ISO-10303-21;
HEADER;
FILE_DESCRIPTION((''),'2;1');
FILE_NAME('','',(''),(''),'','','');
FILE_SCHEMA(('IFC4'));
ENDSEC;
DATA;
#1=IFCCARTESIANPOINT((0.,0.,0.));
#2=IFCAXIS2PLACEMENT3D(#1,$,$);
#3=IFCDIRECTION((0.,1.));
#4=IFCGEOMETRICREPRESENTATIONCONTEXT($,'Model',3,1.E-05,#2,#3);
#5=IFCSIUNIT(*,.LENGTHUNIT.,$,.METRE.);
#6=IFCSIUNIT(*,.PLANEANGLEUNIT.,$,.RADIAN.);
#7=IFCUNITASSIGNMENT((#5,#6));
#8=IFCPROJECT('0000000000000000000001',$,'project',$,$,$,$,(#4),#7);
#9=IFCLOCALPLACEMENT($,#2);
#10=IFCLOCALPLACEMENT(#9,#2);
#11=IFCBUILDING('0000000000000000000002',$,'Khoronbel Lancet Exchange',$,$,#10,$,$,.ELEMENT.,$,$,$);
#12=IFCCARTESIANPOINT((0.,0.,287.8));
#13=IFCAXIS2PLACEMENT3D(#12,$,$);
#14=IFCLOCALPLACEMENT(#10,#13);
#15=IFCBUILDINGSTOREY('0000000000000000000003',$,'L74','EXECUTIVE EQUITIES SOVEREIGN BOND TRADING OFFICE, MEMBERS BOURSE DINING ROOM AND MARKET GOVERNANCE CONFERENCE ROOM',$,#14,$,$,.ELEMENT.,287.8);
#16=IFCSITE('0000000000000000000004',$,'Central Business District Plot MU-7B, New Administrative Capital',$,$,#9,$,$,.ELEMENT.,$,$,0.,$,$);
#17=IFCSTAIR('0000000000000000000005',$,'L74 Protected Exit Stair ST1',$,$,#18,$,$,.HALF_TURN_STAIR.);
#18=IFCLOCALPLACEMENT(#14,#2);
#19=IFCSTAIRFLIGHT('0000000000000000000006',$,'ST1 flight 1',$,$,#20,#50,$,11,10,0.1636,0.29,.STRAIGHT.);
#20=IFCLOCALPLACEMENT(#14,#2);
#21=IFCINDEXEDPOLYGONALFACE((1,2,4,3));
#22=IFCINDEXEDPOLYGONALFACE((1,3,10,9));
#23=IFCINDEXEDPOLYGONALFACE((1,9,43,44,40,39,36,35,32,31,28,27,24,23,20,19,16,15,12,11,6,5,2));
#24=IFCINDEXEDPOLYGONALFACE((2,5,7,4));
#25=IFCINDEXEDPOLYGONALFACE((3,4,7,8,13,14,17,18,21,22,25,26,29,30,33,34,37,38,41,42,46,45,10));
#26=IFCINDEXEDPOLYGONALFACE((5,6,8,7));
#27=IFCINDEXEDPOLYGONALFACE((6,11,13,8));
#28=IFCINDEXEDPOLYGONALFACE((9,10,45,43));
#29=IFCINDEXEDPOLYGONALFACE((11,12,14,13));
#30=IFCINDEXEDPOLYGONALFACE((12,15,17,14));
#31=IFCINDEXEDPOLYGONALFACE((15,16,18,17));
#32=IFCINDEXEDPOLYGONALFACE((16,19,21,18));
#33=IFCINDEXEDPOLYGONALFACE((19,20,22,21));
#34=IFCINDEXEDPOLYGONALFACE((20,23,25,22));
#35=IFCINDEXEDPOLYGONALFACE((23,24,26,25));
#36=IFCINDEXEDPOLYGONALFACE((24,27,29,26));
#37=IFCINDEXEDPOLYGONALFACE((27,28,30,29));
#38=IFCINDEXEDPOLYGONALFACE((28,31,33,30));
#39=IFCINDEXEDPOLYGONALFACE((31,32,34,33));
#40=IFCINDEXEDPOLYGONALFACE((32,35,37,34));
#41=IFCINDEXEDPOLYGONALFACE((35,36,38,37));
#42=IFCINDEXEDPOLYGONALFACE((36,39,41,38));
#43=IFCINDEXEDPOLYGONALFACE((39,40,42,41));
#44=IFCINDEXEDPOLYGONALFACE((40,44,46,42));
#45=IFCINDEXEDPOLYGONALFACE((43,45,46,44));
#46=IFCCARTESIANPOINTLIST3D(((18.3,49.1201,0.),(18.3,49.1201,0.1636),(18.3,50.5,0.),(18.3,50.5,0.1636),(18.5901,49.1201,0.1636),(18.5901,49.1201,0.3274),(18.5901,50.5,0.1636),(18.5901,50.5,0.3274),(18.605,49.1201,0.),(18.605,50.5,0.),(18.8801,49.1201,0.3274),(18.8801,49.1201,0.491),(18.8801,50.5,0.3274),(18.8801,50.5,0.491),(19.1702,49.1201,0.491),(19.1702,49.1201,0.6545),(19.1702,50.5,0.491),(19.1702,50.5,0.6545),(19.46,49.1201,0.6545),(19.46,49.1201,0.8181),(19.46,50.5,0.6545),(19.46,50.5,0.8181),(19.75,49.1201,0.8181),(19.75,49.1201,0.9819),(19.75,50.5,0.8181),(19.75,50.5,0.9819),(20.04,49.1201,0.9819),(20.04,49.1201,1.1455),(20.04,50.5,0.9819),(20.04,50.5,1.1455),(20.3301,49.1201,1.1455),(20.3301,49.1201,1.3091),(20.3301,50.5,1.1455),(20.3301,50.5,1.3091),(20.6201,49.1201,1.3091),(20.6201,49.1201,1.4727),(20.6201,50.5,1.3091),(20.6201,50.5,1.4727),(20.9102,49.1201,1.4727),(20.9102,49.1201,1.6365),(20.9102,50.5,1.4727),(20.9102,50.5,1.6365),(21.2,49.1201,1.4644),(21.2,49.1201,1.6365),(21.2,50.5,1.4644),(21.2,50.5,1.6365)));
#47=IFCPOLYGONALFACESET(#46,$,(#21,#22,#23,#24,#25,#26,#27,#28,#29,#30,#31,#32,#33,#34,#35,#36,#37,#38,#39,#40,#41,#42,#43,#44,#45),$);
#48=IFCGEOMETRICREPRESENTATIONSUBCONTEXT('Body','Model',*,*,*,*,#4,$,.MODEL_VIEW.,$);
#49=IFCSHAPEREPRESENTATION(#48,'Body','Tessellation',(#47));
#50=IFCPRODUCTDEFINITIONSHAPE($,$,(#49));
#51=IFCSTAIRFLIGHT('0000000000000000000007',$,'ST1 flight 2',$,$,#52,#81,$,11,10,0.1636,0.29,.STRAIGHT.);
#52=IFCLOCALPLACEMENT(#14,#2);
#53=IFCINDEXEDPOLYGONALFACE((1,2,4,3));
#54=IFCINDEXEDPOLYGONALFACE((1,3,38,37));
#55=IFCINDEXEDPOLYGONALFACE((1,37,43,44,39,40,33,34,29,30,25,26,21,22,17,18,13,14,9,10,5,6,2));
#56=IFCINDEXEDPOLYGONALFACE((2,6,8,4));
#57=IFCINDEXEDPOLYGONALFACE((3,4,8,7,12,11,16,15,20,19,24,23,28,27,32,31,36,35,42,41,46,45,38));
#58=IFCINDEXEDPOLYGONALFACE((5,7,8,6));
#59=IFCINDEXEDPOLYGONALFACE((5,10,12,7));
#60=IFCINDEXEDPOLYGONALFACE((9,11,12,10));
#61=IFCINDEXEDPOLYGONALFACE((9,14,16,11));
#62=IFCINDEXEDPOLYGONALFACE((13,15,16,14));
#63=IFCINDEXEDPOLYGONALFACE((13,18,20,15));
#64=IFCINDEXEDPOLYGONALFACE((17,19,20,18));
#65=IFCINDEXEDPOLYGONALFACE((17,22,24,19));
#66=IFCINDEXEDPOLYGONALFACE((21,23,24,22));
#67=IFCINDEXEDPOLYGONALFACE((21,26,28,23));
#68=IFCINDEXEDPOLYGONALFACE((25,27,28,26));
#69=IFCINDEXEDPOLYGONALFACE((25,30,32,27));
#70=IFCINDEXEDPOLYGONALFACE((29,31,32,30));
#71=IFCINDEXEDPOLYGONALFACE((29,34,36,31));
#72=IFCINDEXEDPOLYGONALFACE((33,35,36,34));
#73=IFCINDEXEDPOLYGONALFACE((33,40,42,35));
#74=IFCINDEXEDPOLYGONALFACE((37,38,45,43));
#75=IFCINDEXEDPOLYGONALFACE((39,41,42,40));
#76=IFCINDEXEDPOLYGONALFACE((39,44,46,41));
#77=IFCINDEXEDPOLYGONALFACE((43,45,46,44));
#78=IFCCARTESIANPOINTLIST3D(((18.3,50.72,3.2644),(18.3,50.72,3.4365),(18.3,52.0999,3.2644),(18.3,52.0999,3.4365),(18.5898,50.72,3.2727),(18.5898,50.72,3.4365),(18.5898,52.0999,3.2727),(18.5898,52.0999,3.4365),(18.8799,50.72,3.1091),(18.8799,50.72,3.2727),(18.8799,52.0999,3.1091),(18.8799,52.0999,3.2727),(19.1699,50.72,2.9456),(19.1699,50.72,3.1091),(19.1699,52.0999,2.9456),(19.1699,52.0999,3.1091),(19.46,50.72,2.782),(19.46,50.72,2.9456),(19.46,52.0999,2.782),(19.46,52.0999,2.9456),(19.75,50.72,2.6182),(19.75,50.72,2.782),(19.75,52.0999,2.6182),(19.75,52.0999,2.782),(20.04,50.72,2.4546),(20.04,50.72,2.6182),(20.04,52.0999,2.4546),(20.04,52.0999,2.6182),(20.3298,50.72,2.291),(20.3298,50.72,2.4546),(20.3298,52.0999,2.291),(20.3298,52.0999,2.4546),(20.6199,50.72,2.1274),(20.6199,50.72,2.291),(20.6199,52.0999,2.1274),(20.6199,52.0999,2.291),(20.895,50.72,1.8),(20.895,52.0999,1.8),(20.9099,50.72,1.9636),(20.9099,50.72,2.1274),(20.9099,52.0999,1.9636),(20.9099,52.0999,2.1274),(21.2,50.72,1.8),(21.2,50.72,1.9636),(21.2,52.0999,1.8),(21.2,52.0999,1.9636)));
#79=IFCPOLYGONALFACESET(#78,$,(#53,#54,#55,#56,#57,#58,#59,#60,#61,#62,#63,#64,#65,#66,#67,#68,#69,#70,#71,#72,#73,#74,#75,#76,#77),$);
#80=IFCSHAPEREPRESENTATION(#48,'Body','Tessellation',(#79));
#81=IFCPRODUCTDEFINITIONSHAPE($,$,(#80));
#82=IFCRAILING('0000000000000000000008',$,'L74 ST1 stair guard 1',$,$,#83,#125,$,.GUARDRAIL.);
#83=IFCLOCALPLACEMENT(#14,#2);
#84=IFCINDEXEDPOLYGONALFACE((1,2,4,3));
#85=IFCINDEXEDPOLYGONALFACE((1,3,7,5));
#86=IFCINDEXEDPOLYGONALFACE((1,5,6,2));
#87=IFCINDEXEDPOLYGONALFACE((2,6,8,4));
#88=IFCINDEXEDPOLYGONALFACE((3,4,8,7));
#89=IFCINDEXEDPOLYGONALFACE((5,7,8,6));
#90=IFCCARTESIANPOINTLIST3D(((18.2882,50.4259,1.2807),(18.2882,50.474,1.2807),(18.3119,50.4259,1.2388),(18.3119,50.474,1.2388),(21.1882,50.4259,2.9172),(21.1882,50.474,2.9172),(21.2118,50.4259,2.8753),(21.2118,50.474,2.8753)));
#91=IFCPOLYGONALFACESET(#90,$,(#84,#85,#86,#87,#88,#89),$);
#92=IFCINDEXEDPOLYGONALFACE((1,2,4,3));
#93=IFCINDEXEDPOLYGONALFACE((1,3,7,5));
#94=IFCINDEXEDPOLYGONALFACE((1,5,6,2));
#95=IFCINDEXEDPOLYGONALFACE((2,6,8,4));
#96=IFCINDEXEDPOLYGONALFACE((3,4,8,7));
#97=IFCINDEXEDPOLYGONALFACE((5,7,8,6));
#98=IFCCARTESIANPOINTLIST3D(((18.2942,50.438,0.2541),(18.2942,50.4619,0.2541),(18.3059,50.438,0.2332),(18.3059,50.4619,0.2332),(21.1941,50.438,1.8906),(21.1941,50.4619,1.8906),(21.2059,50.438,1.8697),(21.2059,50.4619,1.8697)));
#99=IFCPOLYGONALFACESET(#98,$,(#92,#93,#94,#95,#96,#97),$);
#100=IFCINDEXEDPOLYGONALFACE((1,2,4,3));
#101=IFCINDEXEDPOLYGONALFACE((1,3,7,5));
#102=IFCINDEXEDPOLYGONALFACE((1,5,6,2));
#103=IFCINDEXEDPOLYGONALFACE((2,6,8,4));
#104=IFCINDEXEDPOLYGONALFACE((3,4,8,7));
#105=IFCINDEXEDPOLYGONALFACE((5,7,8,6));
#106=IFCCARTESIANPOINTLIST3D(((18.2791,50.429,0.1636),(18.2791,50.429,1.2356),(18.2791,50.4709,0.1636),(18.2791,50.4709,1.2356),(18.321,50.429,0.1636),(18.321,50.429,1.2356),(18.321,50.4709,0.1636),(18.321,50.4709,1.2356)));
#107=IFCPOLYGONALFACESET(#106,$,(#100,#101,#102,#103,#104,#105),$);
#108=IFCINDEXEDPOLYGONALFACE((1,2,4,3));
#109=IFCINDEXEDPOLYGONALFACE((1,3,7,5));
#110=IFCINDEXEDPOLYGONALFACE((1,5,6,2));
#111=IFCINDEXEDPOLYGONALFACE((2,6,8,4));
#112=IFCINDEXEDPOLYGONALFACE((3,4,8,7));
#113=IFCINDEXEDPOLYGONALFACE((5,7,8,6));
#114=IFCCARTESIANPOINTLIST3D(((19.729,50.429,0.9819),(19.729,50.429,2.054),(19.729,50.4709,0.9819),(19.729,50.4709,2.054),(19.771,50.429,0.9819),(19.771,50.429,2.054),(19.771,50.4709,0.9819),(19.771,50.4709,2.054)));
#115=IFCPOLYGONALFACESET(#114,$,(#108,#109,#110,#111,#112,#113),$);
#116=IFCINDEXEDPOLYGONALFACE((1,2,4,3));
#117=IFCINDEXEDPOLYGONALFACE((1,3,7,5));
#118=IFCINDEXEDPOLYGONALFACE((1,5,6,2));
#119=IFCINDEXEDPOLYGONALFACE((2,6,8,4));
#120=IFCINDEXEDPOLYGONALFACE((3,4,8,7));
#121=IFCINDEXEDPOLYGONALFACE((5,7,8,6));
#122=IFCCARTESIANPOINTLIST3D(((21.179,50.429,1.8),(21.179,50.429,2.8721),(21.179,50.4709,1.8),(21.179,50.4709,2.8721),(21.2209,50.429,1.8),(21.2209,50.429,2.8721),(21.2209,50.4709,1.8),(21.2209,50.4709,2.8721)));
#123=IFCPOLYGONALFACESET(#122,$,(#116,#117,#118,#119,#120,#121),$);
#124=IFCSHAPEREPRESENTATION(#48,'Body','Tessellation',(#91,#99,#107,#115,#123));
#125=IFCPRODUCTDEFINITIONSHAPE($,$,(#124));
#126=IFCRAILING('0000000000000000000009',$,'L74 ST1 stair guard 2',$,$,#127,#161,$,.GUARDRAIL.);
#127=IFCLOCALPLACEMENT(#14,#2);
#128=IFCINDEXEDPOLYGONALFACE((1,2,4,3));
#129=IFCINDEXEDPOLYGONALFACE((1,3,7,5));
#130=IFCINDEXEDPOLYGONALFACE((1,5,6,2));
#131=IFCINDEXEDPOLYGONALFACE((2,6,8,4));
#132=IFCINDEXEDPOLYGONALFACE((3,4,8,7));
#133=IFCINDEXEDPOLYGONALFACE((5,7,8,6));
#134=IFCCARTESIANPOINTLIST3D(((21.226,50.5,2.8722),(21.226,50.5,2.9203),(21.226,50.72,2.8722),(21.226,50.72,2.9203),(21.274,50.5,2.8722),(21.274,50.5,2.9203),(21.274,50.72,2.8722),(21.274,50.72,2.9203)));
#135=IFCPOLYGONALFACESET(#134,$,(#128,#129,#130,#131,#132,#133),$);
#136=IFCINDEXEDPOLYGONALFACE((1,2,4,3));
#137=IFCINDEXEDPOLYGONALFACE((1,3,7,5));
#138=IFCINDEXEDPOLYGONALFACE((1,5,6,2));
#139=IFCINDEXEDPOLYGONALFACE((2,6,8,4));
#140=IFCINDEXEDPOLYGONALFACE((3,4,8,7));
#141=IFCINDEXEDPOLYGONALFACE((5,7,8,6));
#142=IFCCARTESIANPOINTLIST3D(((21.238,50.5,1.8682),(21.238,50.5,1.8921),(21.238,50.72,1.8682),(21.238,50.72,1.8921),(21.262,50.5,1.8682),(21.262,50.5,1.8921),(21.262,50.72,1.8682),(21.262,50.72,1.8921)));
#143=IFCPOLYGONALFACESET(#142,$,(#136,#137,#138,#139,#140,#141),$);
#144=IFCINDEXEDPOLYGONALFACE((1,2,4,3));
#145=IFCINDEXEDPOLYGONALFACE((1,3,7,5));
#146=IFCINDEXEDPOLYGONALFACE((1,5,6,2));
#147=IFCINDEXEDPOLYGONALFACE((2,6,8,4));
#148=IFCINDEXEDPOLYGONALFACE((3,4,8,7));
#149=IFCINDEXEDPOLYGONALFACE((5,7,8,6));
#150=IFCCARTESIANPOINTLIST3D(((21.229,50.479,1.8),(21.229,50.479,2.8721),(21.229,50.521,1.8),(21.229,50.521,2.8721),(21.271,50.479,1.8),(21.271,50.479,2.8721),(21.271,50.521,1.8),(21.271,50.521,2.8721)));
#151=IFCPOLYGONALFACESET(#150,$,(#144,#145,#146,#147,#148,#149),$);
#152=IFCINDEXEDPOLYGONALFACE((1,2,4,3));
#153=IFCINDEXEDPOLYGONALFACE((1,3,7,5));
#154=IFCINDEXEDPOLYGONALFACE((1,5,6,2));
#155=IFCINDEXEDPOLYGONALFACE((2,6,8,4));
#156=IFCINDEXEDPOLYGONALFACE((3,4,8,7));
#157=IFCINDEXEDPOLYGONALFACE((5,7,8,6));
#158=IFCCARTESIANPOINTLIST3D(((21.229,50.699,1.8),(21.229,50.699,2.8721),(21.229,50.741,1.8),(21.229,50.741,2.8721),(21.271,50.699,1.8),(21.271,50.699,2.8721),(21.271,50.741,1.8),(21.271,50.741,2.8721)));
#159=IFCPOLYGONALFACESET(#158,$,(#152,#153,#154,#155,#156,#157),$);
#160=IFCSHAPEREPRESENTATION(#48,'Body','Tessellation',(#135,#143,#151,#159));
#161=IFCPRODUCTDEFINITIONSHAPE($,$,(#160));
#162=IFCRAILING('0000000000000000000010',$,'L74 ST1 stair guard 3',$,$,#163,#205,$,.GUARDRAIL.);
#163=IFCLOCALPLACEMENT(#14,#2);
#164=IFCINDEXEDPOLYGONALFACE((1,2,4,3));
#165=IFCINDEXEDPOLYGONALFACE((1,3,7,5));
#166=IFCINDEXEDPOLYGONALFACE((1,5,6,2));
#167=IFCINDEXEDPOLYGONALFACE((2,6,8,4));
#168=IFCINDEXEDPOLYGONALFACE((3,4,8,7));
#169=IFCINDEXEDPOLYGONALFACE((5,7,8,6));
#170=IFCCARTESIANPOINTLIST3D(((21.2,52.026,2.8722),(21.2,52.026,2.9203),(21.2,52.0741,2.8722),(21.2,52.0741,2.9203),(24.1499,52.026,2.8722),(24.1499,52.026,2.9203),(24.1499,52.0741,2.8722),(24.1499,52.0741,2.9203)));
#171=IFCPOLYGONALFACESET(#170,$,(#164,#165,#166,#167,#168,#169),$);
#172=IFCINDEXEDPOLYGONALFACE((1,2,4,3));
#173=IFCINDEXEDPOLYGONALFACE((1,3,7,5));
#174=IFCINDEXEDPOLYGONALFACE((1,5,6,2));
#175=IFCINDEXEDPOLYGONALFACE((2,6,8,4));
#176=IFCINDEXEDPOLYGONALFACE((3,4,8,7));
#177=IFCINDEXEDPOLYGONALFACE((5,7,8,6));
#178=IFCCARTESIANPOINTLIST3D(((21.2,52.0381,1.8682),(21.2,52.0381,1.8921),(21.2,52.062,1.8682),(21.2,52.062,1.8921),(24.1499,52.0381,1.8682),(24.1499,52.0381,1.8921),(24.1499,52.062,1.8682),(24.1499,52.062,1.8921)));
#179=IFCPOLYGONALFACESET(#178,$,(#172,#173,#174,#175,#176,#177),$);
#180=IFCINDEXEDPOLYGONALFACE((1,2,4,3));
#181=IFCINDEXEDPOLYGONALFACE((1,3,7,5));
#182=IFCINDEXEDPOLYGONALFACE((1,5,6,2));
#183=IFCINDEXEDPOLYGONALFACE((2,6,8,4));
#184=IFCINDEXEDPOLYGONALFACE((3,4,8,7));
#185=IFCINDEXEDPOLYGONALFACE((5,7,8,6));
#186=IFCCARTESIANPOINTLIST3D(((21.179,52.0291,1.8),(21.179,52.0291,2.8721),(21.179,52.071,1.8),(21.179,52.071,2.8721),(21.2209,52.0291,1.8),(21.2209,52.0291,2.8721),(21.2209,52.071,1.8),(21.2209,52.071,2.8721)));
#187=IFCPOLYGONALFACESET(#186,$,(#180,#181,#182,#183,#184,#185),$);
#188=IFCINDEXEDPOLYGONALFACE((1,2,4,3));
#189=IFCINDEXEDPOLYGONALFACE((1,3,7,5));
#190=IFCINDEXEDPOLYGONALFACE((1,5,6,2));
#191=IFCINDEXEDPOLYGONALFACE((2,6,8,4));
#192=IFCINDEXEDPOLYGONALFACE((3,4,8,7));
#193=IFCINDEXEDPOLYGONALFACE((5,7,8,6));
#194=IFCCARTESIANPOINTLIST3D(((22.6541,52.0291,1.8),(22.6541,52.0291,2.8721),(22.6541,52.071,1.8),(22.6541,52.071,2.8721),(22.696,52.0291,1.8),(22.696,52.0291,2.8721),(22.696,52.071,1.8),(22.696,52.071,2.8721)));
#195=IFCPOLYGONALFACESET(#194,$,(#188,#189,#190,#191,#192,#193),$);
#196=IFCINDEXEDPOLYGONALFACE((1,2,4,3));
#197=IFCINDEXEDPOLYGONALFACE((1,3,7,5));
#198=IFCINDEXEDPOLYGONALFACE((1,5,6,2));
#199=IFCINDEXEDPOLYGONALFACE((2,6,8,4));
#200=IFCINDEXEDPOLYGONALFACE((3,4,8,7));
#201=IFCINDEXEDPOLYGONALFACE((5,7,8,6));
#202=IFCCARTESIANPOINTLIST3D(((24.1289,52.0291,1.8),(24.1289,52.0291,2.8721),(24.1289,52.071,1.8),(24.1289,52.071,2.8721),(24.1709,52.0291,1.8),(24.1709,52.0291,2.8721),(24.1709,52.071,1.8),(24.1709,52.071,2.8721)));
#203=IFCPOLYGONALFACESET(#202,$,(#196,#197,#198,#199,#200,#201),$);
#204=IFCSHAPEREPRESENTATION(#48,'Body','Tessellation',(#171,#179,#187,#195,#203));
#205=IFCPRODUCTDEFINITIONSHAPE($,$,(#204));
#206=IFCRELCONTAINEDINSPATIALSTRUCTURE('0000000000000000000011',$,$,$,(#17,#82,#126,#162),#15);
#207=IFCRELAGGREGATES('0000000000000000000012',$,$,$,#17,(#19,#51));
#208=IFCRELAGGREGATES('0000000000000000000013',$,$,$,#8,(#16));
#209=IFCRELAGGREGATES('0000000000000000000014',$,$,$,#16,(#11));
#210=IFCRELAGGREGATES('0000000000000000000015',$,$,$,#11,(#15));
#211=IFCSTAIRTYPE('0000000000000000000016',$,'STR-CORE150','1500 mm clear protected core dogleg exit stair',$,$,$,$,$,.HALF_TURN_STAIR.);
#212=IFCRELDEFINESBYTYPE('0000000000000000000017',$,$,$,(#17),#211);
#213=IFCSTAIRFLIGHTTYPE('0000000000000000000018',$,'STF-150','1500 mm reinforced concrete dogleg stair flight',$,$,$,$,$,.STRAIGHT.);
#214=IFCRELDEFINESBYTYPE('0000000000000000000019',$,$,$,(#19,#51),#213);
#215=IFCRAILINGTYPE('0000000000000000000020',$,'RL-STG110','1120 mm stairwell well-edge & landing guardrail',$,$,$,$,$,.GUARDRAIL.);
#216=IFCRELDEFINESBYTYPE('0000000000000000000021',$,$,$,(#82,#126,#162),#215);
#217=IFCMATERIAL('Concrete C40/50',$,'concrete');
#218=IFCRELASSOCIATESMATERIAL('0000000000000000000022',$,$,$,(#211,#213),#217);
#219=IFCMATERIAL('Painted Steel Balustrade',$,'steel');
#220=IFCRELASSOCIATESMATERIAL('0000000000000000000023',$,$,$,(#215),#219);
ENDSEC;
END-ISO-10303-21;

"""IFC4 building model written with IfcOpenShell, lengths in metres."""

from ifc_helpers import new_model, si_unit, direction, frame, origin, origin_2d, place, context, subcontext, project, spatial, polyline, rectangle, outline, extrude, material, type_object, element, aggregate, save


model = new_model("IFC4")

# Units and contexts
model_context = context("Model", 3, precision=1e-05, world=origin(), true_north=direction((0.0, 1.0)))
body_context = subcontext(model_context, "Body", "Model", "MODEL_VIEW")
ifc_project = project(units=[si_unit("LENGTHUNIT", "METRE"), si_unit("PLANEANGLEUNIT", "RADIAN")], contexts=[model_context])

# Site, building, storey
site_placement = place(None, origin())
site = spatial("IfcSite", under=ifc_project, at=site_placement, Name="Central Business District Plot MU-7B, New Administrative Capital", CompositionType="ELEMENT", RefElevation=0.0)
building_placement = place(site_placement, origin())
building = spatial("IfcBuilding", under=site, at=building_placement, Name="Khoronbel Lancet Exchange", CompositionType="ELEMENT")
storey_placement = place(building_placement, frame((0.0, 0.0, 287.8)))
storey = spatial("IfcBuildingStorey", under=building, at=storey_placement, Name="L74", Description="EXECUTIVE EQUITIES SOVEREIGN BOND TRADING OFFICE, MEMBERS BOURSE DINING ROOM AND MARKET GOVERNANCE CONFERENCE ROOM", CompositionType="ELEMENT", Elevation=287.8)

# Stair, stair flights
ifc_material_1 = material(Name="Concrete C40/50", Category="concrete")
stair_type = type_object("IfcStairType", Name="STR-CORE150", Description="1500 mm clear protected core dogleg exit stair", PredefinedType="HALF_TURN_STAIR", material=ifc_material_1)
stair_placement = place(storey_placement, origin())
stair = element("IfcStair", 1, at=stair_placement, inside=storey, type_object=stair_type, Name="L74 Protected Exit Stair ST1", PredefinedType="HALF_TURN_STAIR")
stair_flight_type = type_object("IfcStairFlightType", Name="STF-150", Description="1500 mm reinforced concrete dogleg stair flight", PredefinedType="STRAIGHT", material=ifc_material_1)
stair_flight_1_placement = place(storey_placement, frame((18.3, 49.8101, 0.0), z_axis=(0.0, 0.0, 1.0), x_axis=(1.0, 0.0, 0.0)))
stair_flight_1 = element("IfcStairFlight", 2, at=stair_flight_1_placement, type_object=stair_flight_type, Name="ST1 flight 1", NumberOfRisers=11, NumberOfTreads=10, PredefinedType="STRAIGHT", RiserHeight=0.1636, TreadLength=0.29, context=body_context, shape_type="SweptSolid", body=[
    extrude(outline(polyline([(0.0, 0.0), (0.0, 0.1636), (0.29, 0.1636), (0.29, 0.3274), (0.5801, 0.3274), (0.5801, 0.491), (0.8701, 0.491), (0.8701, 0.6545), (1.1599, 0.6545), (1.1599, 0.8181), (1.45, 0.8181), (1.45, 0.9819), (1.74, 0.9819), (1.74, 1.1455), (2.03, 1.1455), (2.03, 1.3091), (2.3201, 1.3091), (2.3201, 1.4727), (2.6101, 1.4727), (2.6101, 1.6365), (2.8999, 1.6365), (2.8999, 1.8), (2.8999, 1.4644), (0.3049, 0.0), (0.0, 0.0)])), frame((0.0, 0.6899, 0.0), z_axis=(0.0, -1.0, 0.0), x_axis=(1.0, 0.0, 0.0)), (0.0, 0.0, 1.0), 1.3799),
])
stair_flight_2_placement = place(storey_placement, frame((21.2, 51.4099, 1.8), z_axis=(0.0, 0.0, 1.0), x_axis=(-1.0, 0.0, 0.0)))
stair_flight_2 = element("IfcStairFlight", 3, at=stair_flight_2_placement, type_object=stair_flight_type, Name="ST1 flight 2", NumberOfRisers=11, NumberOfTreads=10, PredefinedType="STRAIGHT", RiserHeight=0.1636, TreadLength=0.29, context=body_context, shape_type="SweptSolid", body=[
    extrude(outline(polyline([(0.0, 0.0), (0.0, 0.1636), (0.29, 0.1636), (0.29, 0.3274), (0.5801, 0.3274), (0.5801, 0.491), (0.8701, 0.491), (0.8701, 0.6545), (1.1599, 0.6545), (1.1599, 0.8181), (1.45, 0.8181), (1.45, 0.9819), (1.74, 0.9819), (1.74, 1.1455), (2.03, 1.1455), (2.03, 1.3091), (2.3201, 1.3091), (2.3201, 1.4727), (2.6101, 1.4727), (2.6101, 1.6365), (2.8999, 1.6365), (2.8999, 1.8), (2.8999, 1.4644), (0.3049, 0.0), (0.0, 0.0)])), frame((0.0, 0.6899, 0.0), z_axis=(0.0, -1.0, 0.0), x_axis=(1.0, 0.0, 0.0)), (0.0, 0.0, 1.0), 1.3799),
])
aggregate(stair, [stair_flight_1, stair_flight_2])

# Railings
ifc_material_2 = material(Name="Painted Steel Balustrade", Category="steel")
railing_type_1 = type_object("IfcRailingType", Name="RL-STG110", Description="1120 mm stairwell well-edge & landing guardrail", PredefinedType="GUARDRAIL", material=ifc_material_2)
railing_1_placement = place(storey_placement, frame((18.3, 50.45, 0.1636)))
element("IfcRailing", 4, at=railing_1_placement, inside=storey, type_object=railing_type_1, Name="L74 ST1 stair guard 1", PredefinedType="GUARDRAIL", context=body_context, shape_type="SweptSolid", body=[
    extrude(rectangle(XDim=0.0481, YDim=0.0481, at=origin_2d()), frame((0.0, 0.0, 1.0962), z_axis=(0.870897, 0.0, 0.491465), x_axis=(0.0, 1.0, 0.0)), (0.0, 0.0, 1.0), 3.3298),
    extrude(rectangle(XDim=0.0239, YDim=0.0239, at=origin_2d()), frame((0.0, 0.0, 0.0801), z_axis=(0.870897, 0.0, 0.491465), x_axis=(0.0, 1.0, 0.0)), (0.0, 0.0, 1.0), 3.3298),
    extrude(rectangle(XDim=0.042, YDim=0.042, at=origin_2d()), origin(), (0.0, 0.0, 1.0), 1.072),
    extrude(rectangle(XDim=0.042, YDim=0.042, at=origin_2d()), frame((1.45, 0.0, 0.8184)), (0.0, 0.0, 1.0), 1.072),
    extrude(rectangle(XDim=0.042, YDim=0.042, at=origin_2d()), frame((2.8999, 0.0, 1.6365)), (0.0, 0.0, 1.0), 1.072),
])
railing_2_placement = place(storey_placement, frame((21.25, 50.5, 1.8)))
element("IfcRailing", 5, at=railing_2_placement, inside=storey, type_object=railing_type_1, Name="L74 ST1 stair guard 2", PredefinedType="GUARDRAIL", context=body_context, shape_type="SweptSolid", body=[
    extrude(rectangle(XDim=0.0481, YDim=0.0481, at=origin_2d()), frame((0.0, 0.0, 1.0962), z_axis=(0.0, 1.0, 0.0), x_axis=(-1.0, 0.0, 0.0)), (0.0, 0.0, 1.0), 0.22),
    extrude(rectangle(XDim=0.0239, YDim=0.0239, at=origin_2d()), frame((0.0, 0.0, 0.0801), z_axis=(0.0, 1.0, 0.0), x_axis=(-1.0, 0.0, 0.0)), (0.0, 0.0, 1.0), 0.22),
    extrude(rectangle(XDim=0.042, YDim=0.042, at=origin_2d()), origin(), (0.0, 0.0, 1.0), 1.072),
    extrude(rectangle(XDim=0.042, YDim=0.042, at=origin_2d()), frame((0.0, 0.22, 0.0)), (0.0, 0.0, 1.0), 1.072),
])
railing_3_placement = place(storey_placement, frame((21.2, 52.05, 1.8)))
element("IfcRailing", 6, at=railing_3_placement, inside=storey, type_object=railing_type_1, Name="L74 ST1 stair guard 3", PredefinedType="GUARDRAIL", context=body_context, shape_type="SweptSolid", body=[
    extrude(rectangle(XDim=0.0481, YDim=0.0481, at=origin_2d()), frame((0.0, 0.0, 1.0962), z_axis=(1.0, 0.0, 0.0), x_axis=(0.0, 1.0, 0.0)), (0.0, 0.0, 1.0), 2.95),
    extrude(rectangle(XDim=0.0239, YDim=0.0239, at=origin_2d()), frame((0.0, 0.0, 0.0801), z_axis=(1.0, 0.0, 0.0), x_axis=(0.0, 1.0, 0.0)), (0.0, 0.0, 1.0), 2.95),
    extrude(rectangle(XDim=0.042, YDim=0.042, at=origin_2d()), origin(), (0.0, 0.0, 1.0), 1.072),
    extrude(rectangle(XDim=0.042, YDim=0.042, at=origin_2d()), frame((1.4751, 0.0, 0.0)), (0.0, 0.0, 1.0), 1.072),
    extrude(rectangle(XDim=0.042, YDim=0.042, at=origin_2d()), frame((2.95, 0.0, 0.0)), (0.0, 0.0, 1.0), 1.072),
])

save(model, "model.ifc")
